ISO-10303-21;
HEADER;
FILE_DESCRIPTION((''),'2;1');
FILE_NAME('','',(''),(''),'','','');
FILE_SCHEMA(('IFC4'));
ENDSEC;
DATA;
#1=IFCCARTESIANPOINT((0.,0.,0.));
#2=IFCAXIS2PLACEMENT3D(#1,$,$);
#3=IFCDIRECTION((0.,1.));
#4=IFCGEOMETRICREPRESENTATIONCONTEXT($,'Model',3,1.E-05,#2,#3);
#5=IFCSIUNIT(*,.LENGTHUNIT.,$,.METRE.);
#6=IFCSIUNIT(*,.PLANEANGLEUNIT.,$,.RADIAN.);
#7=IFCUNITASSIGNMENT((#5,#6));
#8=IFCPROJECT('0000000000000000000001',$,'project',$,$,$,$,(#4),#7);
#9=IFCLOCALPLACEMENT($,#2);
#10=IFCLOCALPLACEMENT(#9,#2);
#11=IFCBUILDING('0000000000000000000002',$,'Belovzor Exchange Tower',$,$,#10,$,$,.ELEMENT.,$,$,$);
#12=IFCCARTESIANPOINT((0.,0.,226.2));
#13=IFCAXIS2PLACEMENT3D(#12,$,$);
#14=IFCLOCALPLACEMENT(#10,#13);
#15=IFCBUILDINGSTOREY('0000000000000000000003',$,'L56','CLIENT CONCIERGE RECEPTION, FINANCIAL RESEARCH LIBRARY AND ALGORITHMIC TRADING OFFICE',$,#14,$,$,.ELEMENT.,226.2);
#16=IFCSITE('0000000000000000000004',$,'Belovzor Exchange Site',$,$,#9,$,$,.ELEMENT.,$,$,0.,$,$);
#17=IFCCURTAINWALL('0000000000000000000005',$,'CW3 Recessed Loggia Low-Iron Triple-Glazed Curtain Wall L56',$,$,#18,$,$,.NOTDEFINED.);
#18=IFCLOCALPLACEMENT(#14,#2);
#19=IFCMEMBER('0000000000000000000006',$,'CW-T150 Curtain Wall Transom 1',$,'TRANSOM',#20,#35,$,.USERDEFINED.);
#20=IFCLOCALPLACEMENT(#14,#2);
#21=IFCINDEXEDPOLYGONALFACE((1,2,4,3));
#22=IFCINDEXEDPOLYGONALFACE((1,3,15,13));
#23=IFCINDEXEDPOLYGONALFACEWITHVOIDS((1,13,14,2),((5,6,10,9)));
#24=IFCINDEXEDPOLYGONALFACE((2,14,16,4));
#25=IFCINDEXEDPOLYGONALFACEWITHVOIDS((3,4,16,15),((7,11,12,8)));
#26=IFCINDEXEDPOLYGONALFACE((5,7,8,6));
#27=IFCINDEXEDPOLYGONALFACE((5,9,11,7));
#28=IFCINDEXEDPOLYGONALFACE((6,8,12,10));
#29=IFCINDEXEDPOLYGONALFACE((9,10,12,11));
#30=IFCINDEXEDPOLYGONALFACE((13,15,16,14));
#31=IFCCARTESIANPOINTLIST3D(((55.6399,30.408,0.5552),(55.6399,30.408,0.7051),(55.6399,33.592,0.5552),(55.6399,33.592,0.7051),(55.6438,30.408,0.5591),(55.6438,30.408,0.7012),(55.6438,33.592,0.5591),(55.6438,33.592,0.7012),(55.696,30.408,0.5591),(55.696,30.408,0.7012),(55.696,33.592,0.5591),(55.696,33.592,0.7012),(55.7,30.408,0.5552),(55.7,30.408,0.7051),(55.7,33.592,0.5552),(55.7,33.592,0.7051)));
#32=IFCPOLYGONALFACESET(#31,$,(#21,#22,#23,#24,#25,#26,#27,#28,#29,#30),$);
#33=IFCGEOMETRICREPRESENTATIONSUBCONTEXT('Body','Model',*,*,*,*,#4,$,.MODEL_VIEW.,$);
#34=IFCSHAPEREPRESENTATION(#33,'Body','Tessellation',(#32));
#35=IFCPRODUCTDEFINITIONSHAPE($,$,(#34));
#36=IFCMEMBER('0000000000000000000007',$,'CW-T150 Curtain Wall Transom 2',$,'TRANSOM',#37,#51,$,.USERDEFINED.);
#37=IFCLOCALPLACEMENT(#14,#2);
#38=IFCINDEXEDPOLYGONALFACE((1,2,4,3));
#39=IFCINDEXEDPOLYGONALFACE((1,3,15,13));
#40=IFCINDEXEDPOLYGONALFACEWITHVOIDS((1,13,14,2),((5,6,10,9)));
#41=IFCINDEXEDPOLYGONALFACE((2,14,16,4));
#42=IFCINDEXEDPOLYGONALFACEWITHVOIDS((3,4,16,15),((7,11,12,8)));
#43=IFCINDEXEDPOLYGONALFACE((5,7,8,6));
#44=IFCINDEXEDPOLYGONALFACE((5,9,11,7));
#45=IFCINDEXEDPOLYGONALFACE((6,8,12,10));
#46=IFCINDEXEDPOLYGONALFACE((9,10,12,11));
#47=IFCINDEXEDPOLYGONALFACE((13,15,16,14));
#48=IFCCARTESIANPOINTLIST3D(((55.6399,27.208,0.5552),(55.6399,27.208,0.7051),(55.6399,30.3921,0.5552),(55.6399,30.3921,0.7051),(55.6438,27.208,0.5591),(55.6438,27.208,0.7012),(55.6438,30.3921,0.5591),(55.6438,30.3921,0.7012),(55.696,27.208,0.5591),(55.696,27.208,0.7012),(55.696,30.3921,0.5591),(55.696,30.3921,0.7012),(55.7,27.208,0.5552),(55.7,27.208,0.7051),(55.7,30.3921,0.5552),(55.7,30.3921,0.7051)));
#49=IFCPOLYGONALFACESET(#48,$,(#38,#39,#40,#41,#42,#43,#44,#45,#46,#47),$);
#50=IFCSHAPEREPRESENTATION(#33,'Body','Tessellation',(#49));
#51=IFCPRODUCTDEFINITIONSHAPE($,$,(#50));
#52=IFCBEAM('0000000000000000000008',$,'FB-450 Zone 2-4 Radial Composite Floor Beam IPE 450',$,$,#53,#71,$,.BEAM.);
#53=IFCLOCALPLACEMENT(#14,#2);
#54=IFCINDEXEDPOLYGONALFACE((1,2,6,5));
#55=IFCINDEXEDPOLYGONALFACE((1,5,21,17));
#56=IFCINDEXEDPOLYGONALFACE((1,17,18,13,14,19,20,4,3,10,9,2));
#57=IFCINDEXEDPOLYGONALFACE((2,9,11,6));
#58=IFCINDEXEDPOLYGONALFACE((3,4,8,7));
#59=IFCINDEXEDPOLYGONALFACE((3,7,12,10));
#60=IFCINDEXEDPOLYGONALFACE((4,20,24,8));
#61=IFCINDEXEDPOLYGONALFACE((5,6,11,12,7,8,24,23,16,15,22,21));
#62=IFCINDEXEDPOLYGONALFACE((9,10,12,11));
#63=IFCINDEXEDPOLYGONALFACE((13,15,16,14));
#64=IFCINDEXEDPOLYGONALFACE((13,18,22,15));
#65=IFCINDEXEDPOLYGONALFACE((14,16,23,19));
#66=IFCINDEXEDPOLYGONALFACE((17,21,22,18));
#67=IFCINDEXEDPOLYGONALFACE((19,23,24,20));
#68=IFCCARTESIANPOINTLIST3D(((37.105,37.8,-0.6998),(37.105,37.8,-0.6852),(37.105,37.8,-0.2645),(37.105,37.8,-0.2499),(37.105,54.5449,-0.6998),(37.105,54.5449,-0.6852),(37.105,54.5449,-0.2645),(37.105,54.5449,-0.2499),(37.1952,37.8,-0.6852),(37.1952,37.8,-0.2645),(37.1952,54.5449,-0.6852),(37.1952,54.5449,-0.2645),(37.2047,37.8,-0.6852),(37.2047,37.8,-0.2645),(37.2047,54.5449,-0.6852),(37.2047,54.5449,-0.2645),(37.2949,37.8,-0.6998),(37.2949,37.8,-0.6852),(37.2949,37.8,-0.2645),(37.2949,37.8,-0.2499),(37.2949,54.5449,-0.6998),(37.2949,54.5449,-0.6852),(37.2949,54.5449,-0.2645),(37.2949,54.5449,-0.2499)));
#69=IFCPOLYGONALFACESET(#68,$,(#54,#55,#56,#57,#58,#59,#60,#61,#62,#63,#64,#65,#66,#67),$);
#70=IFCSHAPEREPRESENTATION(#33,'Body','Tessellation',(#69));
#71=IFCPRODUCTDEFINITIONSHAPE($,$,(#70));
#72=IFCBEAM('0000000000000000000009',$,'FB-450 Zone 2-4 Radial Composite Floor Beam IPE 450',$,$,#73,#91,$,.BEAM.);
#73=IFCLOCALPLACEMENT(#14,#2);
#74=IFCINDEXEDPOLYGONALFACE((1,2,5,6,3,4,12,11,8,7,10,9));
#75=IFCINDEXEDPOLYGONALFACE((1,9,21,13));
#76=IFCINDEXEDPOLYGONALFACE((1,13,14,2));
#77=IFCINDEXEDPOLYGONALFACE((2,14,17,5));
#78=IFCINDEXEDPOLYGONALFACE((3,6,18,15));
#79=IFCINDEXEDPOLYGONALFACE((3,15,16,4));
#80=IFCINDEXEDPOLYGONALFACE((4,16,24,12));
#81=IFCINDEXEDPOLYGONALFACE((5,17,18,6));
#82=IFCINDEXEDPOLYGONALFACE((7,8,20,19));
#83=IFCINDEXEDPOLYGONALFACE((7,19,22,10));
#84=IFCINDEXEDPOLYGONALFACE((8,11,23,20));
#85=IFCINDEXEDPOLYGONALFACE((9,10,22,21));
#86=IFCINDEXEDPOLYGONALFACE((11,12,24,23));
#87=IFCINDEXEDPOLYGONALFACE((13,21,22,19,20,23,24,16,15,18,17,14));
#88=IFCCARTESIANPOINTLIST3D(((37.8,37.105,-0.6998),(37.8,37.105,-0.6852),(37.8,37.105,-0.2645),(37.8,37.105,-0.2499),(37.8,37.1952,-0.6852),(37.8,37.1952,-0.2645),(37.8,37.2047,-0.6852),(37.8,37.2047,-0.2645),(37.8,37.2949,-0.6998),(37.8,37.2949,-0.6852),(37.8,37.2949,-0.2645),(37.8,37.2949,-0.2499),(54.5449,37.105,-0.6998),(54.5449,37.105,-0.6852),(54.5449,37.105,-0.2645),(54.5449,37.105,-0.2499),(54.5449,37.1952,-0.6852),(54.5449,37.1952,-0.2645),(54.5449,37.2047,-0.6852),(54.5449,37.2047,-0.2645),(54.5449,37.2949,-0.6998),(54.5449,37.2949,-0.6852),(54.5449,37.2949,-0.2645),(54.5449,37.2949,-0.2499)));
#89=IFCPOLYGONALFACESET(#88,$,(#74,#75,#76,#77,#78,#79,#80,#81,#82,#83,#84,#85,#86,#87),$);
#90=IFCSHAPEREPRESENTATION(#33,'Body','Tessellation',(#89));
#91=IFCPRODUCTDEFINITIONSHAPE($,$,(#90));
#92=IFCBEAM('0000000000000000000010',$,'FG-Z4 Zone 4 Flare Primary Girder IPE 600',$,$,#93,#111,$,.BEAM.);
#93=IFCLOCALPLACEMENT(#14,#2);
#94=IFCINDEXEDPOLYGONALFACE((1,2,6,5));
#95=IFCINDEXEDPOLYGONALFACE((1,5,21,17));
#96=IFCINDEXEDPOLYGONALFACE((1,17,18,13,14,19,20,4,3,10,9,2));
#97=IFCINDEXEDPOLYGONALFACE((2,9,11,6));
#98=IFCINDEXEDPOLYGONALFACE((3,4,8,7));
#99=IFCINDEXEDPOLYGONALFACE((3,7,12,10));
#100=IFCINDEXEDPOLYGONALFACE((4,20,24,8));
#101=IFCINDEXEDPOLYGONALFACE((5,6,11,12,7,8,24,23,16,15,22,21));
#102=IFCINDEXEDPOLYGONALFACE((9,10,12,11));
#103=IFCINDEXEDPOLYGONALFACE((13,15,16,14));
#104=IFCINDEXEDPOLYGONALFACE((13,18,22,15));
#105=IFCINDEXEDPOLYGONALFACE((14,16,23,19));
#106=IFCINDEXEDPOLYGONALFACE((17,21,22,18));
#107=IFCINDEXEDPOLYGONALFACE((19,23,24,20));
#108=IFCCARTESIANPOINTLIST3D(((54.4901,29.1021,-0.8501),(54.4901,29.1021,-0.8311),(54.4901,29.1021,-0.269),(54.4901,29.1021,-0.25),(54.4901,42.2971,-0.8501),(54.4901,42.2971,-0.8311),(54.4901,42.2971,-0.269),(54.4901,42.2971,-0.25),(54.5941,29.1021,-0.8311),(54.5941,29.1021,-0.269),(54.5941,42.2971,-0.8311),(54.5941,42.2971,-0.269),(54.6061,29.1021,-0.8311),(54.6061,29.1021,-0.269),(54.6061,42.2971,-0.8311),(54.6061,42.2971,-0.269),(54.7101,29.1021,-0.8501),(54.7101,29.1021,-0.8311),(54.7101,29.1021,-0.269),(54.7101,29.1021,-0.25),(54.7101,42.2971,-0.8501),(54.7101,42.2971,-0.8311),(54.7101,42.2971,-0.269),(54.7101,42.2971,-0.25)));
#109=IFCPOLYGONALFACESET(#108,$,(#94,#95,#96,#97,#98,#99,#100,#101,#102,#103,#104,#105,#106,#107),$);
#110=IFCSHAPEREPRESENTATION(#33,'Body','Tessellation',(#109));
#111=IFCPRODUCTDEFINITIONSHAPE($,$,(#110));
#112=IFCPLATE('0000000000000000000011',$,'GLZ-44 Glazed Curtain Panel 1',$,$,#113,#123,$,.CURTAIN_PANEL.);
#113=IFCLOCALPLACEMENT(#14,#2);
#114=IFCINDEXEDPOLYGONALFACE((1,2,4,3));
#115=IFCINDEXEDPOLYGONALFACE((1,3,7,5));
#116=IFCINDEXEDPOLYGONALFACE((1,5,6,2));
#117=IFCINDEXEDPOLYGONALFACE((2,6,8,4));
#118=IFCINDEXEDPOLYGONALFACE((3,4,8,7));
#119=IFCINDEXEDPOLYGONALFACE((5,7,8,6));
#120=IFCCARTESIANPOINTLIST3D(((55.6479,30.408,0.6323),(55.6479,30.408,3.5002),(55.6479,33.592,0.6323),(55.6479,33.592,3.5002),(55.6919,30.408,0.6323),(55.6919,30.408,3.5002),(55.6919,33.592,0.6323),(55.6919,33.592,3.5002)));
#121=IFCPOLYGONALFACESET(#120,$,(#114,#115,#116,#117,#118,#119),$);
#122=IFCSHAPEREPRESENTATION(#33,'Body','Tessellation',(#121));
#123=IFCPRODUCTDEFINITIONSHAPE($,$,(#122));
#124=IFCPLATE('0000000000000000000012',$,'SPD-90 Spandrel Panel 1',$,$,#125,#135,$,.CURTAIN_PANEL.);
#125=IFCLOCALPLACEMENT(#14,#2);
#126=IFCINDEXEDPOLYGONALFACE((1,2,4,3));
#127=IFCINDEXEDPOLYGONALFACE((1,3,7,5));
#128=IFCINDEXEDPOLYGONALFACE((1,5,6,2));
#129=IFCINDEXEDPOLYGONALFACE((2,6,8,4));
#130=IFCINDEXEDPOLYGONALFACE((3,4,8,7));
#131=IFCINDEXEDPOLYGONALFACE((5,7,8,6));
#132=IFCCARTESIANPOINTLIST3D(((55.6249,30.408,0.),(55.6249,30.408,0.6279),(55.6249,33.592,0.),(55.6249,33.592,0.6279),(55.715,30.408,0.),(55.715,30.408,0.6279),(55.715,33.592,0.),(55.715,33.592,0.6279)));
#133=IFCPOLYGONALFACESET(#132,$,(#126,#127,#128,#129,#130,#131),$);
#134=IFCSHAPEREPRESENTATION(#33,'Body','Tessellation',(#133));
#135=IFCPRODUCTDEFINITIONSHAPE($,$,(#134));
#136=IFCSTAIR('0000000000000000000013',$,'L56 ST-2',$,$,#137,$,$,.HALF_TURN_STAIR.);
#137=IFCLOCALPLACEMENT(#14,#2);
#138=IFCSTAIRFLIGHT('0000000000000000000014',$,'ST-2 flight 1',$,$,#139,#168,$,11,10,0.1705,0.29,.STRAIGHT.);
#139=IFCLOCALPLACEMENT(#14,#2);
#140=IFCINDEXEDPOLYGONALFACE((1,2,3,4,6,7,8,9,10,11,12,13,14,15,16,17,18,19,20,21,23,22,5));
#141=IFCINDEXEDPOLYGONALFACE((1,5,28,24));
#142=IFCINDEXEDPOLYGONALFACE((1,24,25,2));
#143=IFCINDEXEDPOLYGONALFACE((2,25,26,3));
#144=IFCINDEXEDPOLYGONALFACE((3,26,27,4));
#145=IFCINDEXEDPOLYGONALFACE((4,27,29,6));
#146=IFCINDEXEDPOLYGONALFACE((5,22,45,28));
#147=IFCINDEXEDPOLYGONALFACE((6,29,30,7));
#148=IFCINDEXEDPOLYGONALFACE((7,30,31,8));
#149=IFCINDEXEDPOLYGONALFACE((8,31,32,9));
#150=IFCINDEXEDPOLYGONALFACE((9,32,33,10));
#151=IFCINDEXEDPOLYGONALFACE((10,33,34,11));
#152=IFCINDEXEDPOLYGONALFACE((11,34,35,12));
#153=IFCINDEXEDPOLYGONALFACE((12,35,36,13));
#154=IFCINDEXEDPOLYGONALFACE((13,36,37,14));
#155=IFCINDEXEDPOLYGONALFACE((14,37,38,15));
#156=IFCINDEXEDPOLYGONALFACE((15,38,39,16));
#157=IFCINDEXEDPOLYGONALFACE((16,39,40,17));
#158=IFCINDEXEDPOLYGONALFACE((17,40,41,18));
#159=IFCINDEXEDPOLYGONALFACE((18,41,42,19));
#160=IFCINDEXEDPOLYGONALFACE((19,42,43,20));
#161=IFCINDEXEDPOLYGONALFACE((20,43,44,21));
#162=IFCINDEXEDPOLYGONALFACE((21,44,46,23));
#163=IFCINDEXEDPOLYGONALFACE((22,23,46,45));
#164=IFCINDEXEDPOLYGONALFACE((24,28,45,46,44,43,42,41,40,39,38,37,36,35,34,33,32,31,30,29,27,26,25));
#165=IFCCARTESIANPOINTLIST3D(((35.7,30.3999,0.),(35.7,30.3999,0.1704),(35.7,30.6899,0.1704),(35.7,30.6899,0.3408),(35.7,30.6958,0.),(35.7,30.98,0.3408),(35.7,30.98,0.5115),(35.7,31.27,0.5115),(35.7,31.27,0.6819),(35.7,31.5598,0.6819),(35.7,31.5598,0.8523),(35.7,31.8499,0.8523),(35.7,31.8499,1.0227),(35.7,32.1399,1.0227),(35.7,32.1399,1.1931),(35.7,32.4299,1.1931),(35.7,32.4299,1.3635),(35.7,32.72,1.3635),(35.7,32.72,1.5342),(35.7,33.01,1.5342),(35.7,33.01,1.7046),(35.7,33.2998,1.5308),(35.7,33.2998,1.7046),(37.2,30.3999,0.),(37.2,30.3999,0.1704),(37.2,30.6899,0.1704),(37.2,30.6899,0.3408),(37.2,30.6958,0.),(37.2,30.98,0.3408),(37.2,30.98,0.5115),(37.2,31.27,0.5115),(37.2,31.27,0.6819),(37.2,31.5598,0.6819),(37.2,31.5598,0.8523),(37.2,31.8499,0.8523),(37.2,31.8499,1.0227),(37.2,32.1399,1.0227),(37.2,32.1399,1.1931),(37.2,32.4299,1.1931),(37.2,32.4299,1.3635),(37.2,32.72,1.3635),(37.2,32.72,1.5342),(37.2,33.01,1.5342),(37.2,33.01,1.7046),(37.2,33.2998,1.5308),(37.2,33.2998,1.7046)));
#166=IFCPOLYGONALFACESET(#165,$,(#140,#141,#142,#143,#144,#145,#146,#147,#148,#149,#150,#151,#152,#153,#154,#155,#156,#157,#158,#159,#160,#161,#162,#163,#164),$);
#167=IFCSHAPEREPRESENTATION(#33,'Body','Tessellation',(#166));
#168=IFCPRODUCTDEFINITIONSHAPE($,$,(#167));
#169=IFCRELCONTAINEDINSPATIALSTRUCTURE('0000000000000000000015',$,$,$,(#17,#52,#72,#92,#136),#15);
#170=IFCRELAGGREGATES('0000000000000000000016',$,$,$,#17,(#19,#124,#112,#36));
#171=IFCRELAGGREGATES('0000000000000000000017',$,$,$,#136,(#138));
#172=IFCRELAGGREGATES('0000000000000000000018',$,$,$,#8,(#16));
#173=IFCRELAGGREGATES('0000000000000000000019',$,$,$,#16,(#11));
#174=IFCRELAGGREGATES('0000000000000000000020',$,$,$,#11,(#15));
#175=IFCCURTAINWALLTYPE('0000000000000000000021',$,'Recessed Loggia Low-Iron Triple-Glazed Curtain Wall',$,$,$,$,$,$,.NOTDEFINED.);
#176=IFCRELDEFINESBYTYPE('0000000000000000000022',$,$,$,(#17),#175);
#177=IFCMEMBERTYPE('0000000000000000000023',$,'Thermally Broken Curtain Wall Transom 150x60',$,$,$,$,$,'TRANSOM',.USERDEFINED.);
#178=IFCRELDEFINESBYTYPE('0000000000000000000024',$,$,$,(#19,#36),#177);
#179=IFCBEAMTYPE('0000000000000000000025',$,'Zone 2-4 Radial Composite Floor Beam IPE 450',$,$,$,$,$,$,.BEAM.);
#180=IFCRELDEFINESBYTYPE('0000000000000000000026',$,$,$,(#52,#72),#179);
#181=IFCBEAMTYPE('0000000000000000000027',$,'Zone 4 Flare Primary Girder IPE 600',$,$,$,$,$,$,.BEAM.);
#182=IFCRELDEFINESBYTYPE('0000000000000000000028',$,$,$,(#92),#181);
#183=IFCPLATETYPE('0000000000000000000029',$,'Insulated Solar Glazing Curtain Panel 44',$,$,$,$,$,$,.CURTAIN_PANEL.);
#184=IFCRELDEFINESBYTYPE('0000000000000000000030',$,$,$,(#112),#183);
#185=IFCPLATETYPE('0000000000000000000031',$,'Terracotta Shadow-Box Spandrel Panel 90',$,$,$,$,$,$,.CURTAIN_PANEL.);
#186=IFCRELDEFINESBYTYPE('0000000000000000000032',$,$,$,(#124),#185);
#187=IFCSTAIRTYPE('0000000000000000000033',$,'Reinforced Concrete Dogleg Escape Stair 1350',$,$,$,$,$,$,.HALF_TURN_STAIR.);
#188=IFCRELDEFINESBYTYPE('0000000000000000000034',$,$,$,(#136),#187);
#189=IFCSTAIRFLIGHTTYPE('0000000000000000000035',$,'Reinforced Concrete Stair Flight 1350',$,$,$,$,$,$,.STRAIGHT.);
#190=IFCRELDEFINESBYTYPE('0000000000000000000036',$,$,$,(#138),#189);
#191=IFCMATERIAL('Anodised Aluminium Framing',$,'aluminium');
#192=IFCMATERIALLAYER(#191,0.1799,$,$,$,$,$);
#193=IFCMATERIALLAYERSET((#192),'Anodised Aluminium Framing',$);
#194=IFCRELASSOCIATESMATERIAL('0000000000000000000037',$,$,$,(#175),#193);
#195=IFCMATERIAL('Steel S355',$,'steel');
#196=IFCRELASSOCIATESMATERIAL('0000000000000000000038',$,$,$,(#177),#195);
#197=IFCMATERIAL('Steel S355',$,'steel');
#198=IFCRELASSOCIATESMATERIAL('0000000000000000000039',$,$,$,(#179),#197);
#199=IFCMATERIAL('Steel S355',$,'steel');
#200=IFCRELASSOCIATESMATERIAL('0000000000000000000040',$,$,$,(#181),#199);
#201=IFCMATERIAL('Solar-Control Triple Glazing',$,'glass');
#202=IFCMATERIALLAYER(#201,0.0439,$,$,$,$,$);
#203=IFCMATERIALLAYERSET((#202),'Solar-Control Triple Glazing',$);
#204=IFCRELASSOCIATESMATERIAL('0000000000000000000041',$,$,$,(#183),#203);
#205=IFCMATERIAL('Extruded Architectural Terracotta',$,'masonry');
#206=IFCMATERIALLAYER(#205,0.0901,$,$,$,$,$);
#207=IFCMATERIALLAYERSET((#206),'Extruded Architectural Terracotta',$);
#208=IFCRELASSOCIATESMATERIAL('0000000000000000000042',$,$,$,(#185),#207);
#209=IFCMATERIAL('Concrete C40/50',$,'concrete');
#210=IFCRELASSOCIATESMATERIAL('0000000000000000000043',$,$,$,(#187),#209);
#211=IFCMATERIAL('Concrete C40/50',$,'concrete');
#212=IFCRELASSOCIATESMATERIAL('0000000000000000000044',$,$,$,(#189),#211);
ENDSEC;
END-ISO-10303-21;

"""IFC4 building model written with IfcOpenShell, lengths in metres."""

from ifc_helpers import new_model, si_unit, direction, frame, origin, origin_2d, place, context, subcontext, project, spatial, polyline, rectangle, hollow_rectangle, i_section, outline, extrude, material, layer, layer_set, material_profile, profile_set, type_object, element, aggregate, save


model = new_model("IFC4")

# Units and contexts
model_context = context("Model", 3, precision=1e-05, world=origin(), true_north=direction((0.0, 1.0)))
body_context = subcontext(model_context, "Body", "Model", "MODEL_VIEW")
ifc_project = project(units=[si_unit("LENGTHUNIT", "METRE"), si_unit("PLANEANGLEUNIT", "RADIAN")], contexts=[model_context])

# Site, building, storey
site_placement = place(None, origin())
site = spatial("IfcSite", under=ifc_project, at=site_placement, Name="Belovzor Exchange Site", CompositionType="ELEMENT", RefElevation=0.0)
building_placement = place(site_placement, origin())
building = spatial("IfcBuilding", under=site, at=building_placement, Name="Belovzor Exchange Tower", CompositionType="ELEMENT")
storey_placement = place(building_placement, frame((0.0, 0.0, 226.2)))
storey = spatial("IfcBuildingStorey", under=building, at=storey_placement, Name="L56", Description="CLIENT CONCIERGE RECEPTION, FINANCIAL RESEARCH LIBRARY AND ALGORITHMIC TRADING OFFICE", CompositionType="ELEMENT", Elevation=226.2)

# Curtain wall, members
ifc_material_1 = material(Name="Anodised Aluminium Framing", Category="aluminium")
ifc_layer_1 = layer(ifc_material_1, 0.1799)
ifc_layer_set_1 = layer_set([ifc_layer_1], Name="Anodised Aluminium Framing")
curtain_wall_type = type_object("IfcCurtainWallType", Name="Recessed Loggia Low-Iron Triple-Glazed Curtain Wall", PredefinedType="NOTDEFINED", material=ifc_layer_set_1)
curtain_wall_placement = place(storey_placement, origin())
curtain_wall = element("IfcCurtainWall", 1, at=curtain_wall_placement, inside=storey, type_object=curtain_wall_type, Name="CW3 Recessed Loggia Low-Iron Triple-Glazed Curtain Wall L56", PredefinedType="NOTDEFINED")
ifc_material_2 = material(Name="Steel S355", Category="steel")
ifc_material_profile_1 = material_profile(ifc_material_2, hollow_rectangle(XDim=0.0601, YDim=0.1499, WallThickness=0.0039, at=origin_2d()))
ifc_profile_set_1 = profile_set([ifc_material_profile_1], Name="Steel S355")
member_type_1 = type_object("IfcMemberType", Name="Thermally Broken Curtain Wall Transom 150x60", ElementType="TRANSOM", PredefinedType="USERDEFINED", material=ifc_profile_set_1)
member_1_placement = place(storey_placement, frame((55.6699, 33.592, 0.6301), z_axis=(0.0, -1.0, 0.0), x_axis=(1.0, 0.0, 0.0)))
member_1 = element("IfcMember", 2, at=member_1_placement, type_object=member_type_1, Name="CW-T150 Curtain Wall Transom 1", ObjectType="TRANSOM", PredefinedType="USERDEFINED", context=body_context, shape_type="SweptSolid", body=[
    extrude(hollow_rectangle(XDim=0.0601, YDim=0.1499, WallThickness=0.0039, at=origin_2d()), origin(), (0.0, 0.0, 1.0), 3.1841),
])
member_2_placement = place(storey_placement, frame((55.6699, 30.3921, 0.6301), z_axis=(0.0, -1.0, 0.0), x_axis=(1.0, 0.0, 0.0)))
member_2 = element("IfcMember", 3, at=member_2_placement, type_object=member_type_1, Name="CW-T150 Curtain Wall Transom 2", ObjectType="TRANSOM", PredefinedType="USERDEFINED", context=body_context, shape_type="SweptSolid", body=[
    extrude(hollow_rectangle(XDim=0.0601, YDim=0.1499, WallThickness=0.0039, at=origin_2d()), origin(), (0.0, 0.0, 1.0), 3.1841),
])

# Beams
ifc_material_3 = material(Name="Steel S355", Category="steel")
ifc_material_profile_2 = material_profile(ifc_material_3, i_section(OverallWidth=0.1899, OverallDepth=0.45, WebThickness=0.0095, FlangeThickness=0.0146, at=origin_2d()))
ifc_profile_set_2 = profile_set([ifc_material_profile_2], Name="Steel S355")
beam_type_1 = type_object("IfcBeamType", Name="Zone 2-4 Radial Composite Floor Beam IPE 450", PredefinedType="BEAM", material=ifc_profile_set_2)
for number, where, z_axis, x_axis, name in (
    (4, (37.2, 37.8, -0.4749), (0.0, 1.0, 0.0), (-1.0, 0.0, 0.0), "FB-450 Zone 2-4 Radial Composite Floor Beam IPE 450"),
    (5, (37.8, 37.2, -0.4749), (1.0, 0.0, 0.0), (0.0, 1.0, 0.0), "FB-450 Zone 2-4 Radial Composite Floor Beam IPE 450"),
):
    element("IfcBeam", number, at=place(storey_placement, frame(where, z_axis=z_axis, x_axis=x_axis)), inside=storey, type_object=beam_type_1, Name=name, PredefinedType="BEAM", context=body_context, shape_type="SweptSolid", body=[
        extrude(i_section(OverallWidth=0.1899, OverallDepth=0.45, WebThickness=0.0095, FlangeThickness=0.0146, at=origin_2d()), origin(), (0.0, 0.0, 1.0), 16.7449),
    ])
ifc_material_4 = material(Name="Steel S355", Category="steel")
ifc_material_profile_3 = material_profile(ifc_material_4, i_section(OverallWidth=0.22, OverallDepth=0.6001, WebThickness=0.012, FlangeThickness=0.019, at=origin_2d()))
ifc_profile_set_3 = profile_set([ifc_material_profile_3], Name="Steel S355")
beam_type_2 = type_object("IfcBeamType", Name="Zone 4 Flare Primary Girder IPE 600", PredefinedType="BEAM", material=ifc_profile_set_3)
beam_1_placement = place(storey_placement, frame((54.6001, 29.1021, -0.55), z_axis=(0.0, 1.0, 0.0), x_axis=(-1.0, 0.0, 0.0)))
element("IfcBeam", 6, at=beam_1_placement, inside=storey, type_object=beam_type_2, Name="FG-Z4 Zone 4 Flare Primary Girder IPE 600", PredefinedType="BEAM", context=body_context, shape_type="SweptSolid", body=[
    extrude(i_section(OverallWidth=0.22, OverallDepth=0.6001, WebThickness=0.012, FlangeThickness=0.019, at=origin_2d()), origin(), (0.0, 0.0, 1.0), 13.1951),
])

# Plates
ifc_material_5 = material(Name="Solar-Control Triple Glazing", Category="glass")
ifc_layer_2 = layer(ifc_material_5, 0.0439)
ifc_layer_set_2 = layer_set([ifc_layer_2], Name="Solar-Control Triple Glazing")
plate_type_1 = type_object("IfcPlateType", Name="Insulated Solar Glazing Curtain Panel 44", PredefinedType="CURTAIN_PANEL", material=ifc_layer_set_2)
plate_1_placement = place(storey_placement, frame((55.6699, 32.0, 0.6323), z_axis=(0.0, 0.0, 1.0), x_axis=(0.0, -1.0, 0.0)))
plate_1 = element("IfcPlate", 7, at=plate_1_placement, type_object=plate_type_1, Name="GLZ-44 Glazed Curtain Panel 1", PredefinedType="CURTAIN_PANEL", context=body_context, shape_type="SweptSolid", body=[
    extrude(rectangle(XDim=3.1841, YDim=0.0439, at=origin_2d()), origin(), (0.0, 0.0, 1.0), 2.8679),
])
ifc_material_6 = material(Name="Extruded Architectural Terracotta", Category="masonry")
ifc_layer_3 = layer(ifc_material_6, 0.0901)
ifc_layer_set_3 = layer_set([ifc_layer_3], Name="Extruded Architectural Terracotta")
plate_type_2 = type_object("IfcPlateType", Name="Terracotta Shadow-Box Spandrel Panel 90", PredefinedType="CURTAIN_PANEL", material=ifc_layer_set_3)
plate_2_placement = place(storey_placement, frame((55.6699, 32.0, 0.0), z_axis=(0.0, 0.0, 1.0), x_axis=(0.0, -1.0, 0.0)))
plate_2 = element("IfcPlate", 8, at=plate_2_placement, type_object=plate_type_2, Name="SPD-90 Spandrel Panel 1", PredefinedType="CURTAIN_PANEL", context=body_context, shape_type="SweptSolid", body=[
    extrude(rectangle(XDim=3.1841, YDim=0.0901, at=origin_2d()), origin(), (0.0, 0.0, 1.0), 0.6279),
])
aggregate(curtain_wall, [member_1, plate_2, plate_1, member_2])

# Stair, stair flight
ifc_material_7 = material(Name="Concrete C40/50", Category="concrete")
stair_type = type_object("IfcStairType", Name="Reinforced Concrete Dogleg Escape Stair 1350", PredefinedType="HALF_TURN_STAIR", material=ifc_material_7)
stair_placement = place(storey_placement, origin())
stair = element("IfcStair", 9, at=stair_placement, inside=storey, type_object=stair_type, Name="L56 ST-2", PredefinedType="HALF_TURN_STAIR")
ifc_material_8 = material(Name="Concrete C40/50", Category="concrete")
stair_flight_type = type_object("IfcStairFlightType", Name="Reinforced Concrete Stair Flight 1350", PredefinedType="STRAIGHT", material=ifc_material_8)
stair_flight_placement = place(storey_placement, frame((36.45, 30.3999, 0.0), z_axis=(0.0, 0.0, 1.0), x_axis=(0.0, 1.0, 0.0)))
stair_flight = element("IfcStairFlight", 10, at=stair_flight_placement, type_object=stair_flight_type, Name="ST-2 flight 1", NumberOfRisers=11, NumberOfTreads=10, PredefinedType="STRAIGHT", RiserHeight=0.1705, TreadLength=0.29, context=body_context, shape_type="SweptSolid", body=[
    extrude(outline(polyline([(0.0, 0.0), (0.0, 0.1704), (0.29, 0.1704), (0.29, 0.3408), (0.5801, 0.3408), (0.5801, 0.5115), (0.8701, 0.5115), (0.8701, 0.6819), (1.1599, 0.6819), (1.1599, 0.8523), (1.45, 0.8523), (1.45, 1.0227), (1.74, 1.0227), (1.74, 1.1931), (2.03, 1.1931), (2.03, 1.3635), (2.3201, 1.3635), (2.3201, 1.5342), (2.6101, 1.5342), (2.6101, 1.7046), (2.8999, 1.7046), (2.8999, 1.875), (2.8999, 1.5308), (0.2959, 0.0), (0.0, 0.0)])), frame((0.0, 0.75, 0.0), z_axis=(0.0, -1.0, 0.0), x_axis=(1.0, 0.0, 0.0)), (0.0, 0.0, 1.0), 1.5),
])
aggregate(stair, [stair_flight])

save(model, "model.ifc")
